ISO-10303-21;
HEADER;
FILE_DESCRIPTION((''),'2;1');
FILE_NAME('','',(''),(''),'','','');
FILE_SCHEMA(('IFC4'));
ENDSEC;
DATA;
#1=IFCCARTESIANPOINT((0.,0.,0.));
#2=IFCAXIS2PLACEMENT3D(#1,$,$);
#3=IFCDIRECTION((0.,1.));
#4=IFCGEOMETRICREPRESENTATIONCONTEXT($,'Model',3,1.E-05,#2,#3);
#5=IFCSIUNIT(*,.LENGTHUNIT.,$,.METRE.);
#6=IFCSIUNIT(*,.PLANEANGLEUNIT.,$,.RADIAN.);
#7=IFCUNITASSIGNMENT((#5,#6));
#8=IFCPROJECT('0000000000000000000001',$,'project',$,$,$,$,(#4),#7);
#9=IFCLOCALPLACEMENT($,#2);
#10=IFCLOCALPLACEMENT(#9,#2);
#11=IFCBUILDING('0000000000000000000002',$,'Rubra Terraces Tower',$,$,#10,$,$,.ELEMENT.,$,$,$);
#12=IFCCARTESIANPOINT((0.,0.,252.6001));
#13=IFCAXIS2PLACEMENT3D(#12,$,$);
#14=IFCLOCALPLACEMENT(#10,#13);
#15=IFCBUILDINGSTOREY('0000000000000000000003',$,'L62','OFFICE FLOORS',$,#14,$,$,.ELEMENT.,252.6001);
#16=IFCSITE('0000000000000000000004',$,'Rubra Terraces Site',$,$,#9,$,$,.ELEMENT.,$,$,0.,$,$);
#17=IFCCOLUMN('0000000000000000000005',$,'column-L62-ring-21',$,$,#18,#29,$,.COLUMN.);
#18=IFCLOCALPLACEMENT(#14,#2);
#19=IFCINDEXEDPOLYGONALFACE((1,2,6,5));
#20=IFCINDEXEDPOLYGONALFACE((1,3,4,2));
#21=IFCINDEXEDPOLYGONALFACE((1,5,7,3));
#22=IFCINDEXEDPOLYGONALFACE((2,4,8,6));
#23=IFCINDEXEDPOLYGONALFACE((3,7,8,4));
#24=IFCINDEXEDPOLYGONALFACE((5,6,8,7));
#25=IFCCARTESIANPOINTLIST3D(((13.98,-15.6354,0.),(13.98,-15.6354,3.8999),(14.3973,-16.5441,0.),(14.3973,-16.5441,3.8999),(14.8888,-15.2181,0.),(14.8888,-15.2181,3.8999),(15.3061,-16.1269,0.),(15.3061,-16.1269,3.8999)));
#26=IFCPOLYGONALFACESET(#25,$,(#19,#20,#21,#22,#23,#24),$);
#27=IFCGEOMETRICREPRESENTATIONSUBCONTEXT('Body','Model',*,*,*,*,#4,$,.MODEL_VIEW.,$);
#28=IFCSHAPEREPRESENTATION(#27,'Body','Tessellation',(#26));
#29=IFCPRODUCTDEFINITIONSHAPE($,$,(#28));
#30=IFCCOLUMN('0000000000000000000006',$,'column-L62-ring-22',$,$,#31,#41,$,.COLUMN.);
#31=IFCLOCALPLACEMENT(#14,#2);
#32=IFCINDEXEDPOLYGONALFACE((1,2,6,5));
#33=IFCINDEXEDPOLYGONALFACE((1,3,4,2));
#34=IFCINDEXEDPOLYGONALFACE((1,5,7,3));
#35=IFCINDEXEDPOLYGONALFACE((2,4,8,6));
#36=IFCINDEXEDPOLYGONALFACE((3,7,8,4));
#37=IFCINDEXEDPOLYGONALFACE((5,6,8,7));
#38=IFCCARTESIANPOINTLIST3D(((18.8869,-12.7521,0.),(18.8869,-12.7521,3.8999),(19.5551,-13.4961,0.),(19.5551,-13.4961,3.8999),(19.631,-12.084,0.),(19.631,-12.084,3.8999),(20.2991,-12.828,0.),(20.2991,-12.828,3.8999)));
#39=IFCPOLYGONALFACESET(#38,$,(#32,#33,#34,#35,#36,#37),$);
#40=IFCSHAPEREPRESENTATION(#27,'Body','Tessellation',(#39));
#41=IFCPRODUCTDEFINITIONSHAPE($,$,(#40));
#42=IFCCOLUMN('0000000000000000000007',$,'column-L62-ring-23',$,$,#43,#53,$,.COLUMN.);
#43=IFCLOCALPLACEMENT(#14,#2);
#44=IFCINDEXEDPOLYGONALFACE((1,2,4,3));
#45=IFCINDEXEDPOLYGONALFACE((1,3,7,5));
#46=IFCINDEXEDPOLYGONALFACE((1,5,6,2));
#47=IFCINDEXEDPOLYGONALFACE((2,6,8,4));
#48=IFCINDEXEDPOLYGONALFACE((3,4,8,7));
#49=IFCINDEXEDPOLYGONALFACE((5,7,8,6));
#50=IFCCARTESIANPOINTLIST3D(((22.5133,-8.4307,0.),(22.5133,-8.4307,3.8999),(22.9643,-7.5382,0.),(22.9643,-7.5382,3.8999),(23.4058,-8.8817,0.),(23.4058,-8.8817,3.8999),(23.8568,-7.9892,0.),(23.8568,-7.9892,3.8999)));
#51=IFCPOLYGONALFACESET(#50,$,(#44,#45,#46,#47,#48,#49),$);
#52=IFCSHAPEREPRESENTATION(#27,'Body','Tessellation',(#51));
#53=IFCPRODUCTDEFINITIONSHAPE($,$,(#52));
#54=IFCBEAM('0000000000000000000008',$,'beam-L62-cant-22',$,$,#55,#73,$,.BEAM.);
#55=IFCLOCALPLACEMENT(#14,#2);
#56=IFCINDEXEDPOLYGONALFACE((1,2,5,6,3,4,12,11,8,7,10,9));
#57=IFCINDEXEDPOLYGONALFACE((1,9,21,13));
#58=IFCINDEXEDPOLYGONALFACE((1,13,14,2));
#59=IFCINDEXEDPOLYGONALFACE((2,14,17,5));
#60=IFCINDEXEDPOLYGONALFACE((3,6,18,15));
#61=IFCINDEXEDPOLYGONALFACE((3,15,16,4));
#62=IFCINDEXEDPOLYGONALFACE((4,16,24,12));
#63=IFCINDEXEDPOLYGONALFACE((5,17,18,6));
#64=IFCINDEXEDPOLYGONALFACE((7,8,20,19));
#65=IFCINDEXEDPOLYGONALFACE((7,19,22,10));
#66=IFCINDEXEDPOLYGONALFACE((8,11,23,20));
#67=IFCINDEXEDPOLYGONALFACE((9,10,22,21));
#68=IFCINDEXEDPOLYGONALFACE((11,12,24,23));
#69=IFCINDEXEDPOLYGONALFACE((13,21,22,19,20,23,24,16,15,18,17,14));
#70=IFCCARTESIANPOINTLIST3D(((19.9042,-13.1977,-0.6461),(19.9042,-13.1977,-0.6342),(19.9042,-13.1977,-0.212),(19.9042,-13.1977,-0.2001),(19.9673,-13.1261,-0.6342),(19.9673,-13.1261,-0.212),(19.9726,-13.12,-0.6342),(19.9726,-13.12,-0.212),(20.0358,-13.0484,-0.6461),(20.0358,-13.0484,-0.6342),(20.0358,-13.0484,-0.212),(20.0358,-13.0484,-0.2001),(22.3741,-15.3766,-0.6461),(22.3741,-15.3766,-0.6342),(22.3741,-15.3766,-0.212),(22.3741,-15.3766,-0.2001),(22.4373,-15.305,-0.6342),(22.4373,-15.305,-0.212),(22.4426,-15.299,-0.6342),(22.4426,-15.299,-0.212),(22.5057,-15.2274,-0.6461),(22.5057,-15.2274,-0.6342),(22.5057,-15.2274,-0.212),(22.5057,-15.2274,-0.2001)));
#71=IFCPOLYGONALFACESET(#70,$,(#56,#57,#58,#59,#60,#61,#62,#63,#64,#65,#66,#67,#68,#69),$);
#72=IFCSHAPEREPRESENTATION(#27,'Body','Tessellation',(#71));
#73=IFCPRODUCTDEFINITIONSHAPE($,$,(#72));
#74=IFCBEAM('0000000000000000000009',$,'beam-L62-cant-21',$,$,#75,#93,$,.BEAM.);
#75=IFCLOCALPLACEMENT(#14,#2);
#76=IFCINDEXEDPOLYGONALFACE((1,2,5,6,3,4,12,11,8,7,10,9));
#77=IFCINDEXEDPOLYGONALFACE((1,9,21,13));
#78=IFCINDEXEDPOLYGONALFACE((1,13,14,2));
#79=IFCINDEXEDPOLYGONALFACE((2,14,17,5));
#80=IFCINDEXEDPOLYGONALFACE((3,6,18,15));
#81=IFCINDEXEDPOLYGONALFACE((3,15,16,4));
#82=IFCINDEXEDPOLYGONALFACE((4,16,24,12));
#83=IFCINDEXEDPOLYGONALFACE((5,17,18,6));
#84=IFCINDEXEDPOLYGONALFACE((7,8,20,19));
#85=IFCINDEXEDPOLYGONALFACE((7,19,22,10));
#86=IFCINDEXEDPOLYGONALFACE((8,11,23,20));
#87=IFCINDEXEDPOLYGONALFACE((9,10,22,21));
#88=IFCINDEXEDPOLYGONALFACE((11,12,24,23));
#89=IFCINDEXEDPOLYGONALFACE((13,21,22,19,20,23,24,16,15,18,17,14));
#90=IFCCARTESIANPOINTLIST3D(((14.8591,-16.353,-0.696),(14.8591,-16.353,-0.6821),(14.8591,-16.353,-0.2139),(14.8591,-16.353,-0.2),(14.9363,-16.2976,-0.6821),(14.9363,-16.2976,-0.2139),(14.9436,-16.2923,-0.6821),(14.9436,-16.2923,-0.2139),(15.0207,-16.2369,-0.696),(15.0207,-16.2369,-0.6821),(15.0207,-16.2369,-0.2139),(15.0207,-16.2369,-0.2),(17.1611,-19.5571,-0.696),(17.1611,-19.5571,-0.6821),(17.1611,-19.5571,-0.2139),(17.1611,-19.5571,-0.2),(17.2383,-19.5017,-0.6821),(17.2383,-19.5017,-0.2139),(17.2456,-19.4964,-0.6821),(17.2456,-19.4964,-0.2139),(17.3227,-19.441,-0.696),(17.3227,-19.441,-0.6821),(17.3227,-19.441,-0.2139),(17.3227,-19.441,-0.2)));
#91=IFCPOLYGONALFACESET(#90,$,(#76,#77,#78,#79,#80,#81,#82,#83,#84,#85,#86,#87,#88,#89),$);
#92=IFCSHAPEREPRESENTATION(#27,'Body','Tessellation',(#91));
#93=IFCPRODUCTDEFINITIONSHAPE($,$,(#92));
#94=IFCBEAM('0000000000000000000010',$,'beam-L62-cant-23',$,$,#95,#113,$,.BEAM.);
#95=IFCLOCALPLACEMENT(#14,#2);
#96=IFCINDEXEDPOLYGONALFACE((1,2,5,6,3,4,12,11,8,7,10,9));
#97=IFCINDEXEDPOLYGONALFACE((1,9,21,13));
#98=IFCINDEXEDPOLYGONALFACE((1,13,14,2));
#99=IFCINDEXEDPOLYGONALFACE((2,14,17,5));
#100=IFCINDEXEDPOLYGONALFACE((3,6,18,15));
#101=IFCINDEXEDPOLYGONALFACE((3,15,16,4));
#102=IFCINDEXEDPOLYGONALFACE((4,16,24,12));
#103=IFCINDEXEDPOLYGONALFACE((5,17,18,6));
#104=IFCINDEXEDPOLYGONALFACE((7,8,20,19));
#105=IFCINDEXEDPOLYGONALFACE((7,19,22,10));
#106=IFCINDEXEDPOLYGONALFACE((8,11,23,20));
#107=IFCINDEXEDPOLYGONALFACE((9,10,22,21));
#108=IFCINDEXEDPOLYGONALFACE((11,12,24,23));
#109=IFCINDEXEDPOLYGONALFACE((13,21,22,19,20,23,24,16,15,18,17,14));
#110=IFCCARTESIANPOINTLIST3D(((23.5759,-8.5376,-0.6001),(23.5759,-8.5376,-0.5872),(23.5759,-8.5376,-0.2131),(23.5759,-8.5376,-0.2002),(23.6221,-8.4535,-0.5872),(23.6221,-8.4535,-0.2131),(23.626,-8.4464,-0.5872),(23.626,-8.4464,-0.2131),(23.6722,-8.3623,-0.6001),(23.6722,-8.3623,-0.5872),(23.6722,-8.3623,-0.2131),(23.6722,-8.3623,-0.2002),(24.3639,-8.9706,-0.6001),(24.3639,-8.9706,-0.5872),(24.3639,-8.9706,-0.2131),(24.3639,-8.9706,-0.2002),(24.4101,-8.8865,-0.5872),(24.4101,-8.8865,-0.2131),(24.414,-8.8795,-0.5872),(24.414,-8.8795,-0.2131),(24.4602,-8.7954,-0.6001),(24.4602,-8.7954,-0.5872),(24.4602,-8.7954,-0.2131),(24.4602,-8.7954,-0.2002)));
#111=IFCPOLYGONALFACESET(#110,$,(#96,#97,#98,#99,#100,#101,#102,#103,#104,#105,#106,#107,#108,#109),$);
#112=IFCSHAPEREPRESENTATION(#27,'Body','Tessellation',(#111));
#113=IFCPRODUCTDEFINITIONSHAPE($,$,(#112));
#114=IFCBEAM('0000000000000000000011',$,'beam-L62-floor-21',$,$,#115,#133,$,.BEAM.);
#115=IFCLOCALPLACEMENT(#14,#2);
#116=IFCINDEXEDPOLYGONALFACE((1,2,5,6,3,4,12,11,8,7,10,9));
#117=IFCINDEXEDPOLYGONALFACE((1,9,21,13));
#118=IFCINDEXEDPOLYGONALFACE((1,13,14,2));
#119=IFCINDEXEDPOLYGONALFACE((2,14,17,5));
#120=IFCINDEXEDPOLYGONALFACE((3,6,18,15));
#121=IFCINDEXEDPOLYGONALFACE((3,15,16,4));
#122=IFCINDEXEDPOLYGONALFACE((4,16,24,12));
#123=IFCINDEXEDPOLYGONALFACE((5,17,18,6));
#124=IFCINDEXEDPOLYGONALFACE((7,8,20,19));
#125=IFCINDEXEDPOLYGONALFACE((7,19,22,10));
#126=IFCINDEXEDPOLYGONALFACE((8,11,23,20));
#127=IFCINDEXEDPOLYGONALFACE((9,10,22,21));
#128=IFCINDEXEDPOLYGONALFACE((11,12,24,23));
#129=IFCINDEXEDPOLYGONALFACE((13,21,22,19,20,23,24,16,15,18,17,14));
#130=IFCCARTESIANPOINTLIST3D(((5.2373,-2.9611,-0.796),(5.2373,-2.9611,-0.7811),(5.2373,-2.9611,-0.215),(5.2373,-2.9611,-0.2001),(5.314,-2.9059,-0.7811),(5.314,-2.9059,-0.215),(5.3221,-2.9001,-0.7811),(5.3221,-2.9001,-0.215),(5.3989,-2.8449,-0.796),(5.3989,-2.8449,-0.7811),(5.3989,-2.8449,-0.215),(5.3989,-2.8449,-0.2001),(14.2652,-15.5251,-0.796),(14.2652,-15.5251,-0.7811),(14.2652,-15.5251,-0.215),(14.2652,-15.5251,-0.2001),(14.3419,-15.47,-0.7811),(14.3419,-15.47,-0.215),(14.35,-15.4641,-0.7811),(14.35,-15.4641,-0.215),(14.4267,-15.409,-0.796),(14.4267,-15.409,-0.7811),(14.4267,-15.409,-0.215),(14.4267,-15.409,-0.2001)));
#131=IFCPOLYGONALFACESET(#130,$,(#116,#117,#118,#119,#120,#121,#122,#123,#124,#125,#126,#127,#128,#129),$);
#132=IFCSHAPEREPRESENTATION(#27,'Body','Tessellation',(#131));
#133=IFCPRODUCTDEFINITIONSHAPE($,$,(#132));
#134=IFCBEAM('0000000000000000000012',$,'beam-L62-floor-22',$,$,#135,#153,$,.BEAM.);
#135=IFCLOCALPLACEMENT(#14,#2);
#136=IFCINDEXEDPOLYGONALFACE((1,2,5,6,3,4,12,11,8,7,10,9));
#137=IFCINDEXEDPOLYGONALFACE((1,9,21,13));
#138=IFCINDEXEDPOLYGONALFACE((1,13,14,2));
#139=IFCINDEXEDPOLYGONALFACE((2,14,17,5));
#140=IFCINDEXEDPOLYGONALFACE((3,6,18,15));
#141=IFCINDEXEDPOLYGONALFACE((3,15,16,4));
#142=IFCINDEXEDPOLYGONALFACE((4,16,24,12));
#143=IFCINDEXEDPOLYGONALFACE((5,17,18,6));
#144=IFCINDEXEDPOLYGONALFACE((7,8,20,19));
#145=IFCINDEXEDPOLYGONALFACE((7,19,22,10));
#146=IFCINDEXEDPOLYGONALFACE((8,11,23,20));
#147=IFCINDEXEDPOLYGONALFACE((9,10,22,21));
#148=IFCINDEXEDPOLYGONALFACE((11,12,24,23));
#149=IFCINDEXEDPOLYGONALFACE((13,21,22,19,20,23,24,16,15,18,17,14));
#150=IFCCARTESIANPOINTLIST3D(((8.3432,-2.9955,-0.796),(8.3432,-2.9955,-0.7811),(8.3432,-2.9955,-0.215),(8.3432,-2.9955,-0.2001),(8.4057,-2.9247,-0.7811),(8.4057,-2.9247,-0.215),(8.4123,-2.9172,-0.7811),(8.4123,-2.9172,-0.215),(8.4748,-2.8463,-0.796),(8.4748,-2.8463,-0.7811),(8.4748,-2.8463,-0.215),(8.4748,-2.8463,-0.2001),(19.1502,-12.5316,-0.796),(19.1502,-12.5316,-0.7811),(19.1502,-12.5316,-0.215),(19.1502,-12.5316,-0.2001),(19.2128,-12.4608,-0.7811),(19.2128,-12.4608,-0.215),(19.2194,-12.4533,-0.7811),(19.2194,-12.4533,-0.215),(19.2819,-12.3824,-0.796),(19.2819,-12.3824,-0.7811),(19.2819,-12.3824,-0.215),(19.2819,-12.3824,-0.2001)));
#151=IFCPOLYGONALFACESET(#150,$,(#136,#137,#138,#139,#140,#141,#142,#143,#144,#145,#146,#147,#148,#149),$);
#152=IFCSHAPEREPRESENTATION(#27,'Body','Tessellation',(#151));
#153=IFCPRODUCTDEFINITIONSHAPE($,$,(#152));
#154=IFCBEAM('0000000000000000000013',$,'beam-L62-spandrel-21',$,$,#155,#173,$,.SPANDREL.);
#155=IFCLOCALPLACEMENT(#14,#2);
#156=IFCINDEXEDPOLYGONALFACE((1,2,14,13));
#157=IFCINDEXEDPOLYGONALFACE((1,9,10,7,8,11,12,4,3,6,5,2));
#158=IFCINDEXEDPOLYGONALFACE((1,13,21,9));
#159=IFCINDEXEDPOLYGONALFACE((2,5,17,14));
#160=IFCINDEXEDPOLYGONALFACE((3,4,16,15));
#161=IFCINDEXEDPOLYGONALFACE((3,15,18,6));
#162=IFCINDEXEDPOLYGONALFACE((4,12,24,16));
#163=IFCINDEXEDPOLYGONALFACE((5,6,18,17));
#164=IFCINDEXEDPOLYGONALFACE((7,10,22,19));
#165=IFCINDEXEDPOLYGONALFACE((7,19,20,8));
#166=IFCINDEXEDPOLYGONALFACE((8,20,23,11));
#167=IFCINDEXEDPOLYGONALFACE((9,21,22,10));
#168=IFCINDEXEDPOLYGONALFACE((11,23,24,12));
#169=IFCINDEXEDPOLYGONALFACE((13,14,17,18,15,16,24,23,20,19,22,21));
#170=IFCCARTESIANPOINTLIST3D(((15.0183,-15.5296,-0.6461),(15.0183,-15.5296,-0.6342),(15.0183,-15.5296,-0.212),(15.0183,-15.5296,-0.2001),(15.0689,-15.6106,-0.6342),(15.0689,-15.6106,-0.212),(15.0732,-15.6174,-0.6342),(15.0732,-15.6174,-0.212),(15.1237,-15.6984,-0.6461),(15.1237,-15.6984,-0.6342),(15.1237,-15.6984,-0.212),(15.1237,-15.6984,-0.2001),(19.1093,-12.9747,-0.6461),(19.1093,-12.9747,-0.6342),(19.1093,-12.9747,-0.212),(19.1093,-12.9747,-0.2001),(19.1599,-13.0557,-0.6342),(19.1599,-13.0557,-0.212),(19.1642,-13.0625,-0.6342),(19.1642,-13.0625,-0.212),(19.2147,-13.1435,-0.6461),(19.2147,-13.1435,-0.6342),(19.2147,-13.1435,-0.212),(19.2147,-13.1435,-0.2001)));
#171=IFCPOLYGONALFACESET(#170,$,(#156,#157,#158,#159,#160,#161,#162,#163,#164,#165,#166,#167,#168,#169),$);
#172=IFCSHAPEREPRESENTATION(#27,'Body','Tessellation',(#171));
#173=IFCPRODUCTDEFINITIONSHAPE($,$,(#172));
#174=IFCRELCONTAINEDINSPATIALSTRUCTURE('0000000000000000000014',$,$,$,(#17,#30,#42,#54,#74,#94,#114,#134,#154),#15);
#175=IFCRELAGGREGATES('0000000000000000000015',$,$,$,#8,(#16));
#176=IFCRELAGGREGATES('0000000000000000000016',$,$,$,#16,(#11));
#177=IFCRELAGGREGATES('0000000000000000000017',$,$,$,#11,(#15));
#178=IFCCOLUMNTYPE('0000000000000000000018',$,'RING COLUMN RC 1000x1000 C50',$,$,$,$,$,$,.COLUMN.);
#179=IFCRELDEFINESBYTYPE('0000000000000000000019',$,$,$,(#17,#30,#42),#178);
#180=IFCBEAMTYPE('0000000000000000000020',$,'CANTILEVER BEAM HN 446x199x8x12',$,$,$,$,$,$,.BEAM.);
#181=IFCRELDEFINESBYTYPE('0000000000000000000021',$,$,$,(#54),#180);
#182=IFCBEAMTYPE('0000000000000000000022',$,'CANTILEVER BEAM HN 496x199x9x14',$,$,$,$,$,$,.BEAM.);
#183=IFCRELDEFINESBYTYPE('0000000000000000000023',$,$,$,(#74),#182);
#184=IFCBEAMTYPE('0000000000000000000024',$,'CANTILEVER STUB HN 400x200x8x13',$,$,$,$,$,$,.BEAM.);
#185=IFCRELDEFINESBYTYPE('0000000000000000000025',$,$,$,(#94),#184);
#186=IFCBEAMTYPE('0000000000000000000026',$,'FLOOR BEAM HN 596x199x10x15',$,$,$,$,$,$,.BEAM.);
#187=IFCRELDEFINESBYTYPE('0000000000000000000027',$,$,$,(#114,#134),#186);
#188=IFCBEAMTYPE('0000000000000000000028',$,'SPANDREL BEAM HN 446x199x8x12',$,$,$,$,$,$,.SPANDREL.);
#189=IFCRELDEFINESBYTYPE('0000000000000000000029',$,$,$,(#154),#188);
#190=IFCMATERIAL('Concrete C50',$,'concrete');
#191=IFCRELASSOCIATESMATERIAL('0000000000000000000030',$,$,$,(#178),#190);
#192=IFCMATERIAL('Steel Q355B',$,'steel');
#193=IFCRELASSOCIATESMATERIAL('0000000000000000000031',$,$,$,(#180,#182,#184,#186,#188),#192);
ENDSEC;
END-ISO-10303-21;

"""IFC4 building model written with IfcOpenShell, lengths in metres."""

from ifc_helpers import new_model, si_unit, direction, frame, origin, origin_2d, place, context, subcontext, project, spatial, rectangle, i_section, extrude, material, material_profile, profile_set, type_object, element, save


model = new_model("IFC4")

# Units and contexts
model_context = context("Model", 3, precision=1e-05, world=origin(), true_north=direction((0.0, 1.0)))
body_context = subcontext(model_context, "Body", "Model", "MODEL_VIEW")
ifc_project = project(units=[si_unit("LENGTHUNIT", "METRE"), si_unit("PLANEANGLEUNIT", "RADIAN")], contexts=[model_context])

# Site, building, storey
site_placement = place(None, origin())
site = spatial("IfcSite", under=ifc_project, at=site_placement, Name="Rubra Terraces Site", CompositionType="ELEMENT", RefElevation=0.0)
building_placement = place(site_placement, origin())
building = spatial("IfcBuilding", under=site, at=building_placement, Name="Rubra Terraces Tower", CompositionType="ELEMENT")
storey_placement = place(building_placement, frame((0.0, 0.0, 252.6001)))
storey = spatial("IfcBuildingStorey", under=building, at=storey_placement, Name="L62", Description="OFFICE FLOORS", CompositionType="ELEMENT", Elevation=252.6001)

# Columns
ifc_material_1 = material(Name="Concrete C50", Category="concrete")
ifc_material_profile_1 = material_profile(ifc_material_1, rectangle(XDim=1.0, YDim=1.0, at=origin_2d()), Name="RC 1000x1000")
ifc_profile_set_1 = profile_set([ifc_material_profile_1], Name="Concrete C50")
column_type = type_object("IfcColumnType", Name="RING COLUMN RC 1000x1000 C50", PredefinedType="COLUMN", material=ifc_profile_set_1)
for number, where, z_axis, x_axis, name in (
    (1, (14.6431, -15.8811, 0.0), (0.0, 0.0, 1.0), (0.908779, 0.417279, 0.0), "column-L62-ring-21"),
    (2, (19.593, -12.79, 0.0), (0.0, 0.0, 1.0), (0.744021, 0.668156, 0.0), "column-L62-ring-22"),
    (3, (23.1851, -8.21, 0.0), (0.0, 0.0, 1.0), (0.451028, 0.89251, 0.0), "column-L62-ring-23"),
):
    element("IfcColumn", number, at=place(storey_placement, frame(where, z_axis=z_axis, x_axis=x_axis)), inside=storey, type_object=column_type, Name=name, PredefinedType="COLUMN", context=body_context, shape_type="SweptSolid", body=[
        extrude(rectangle(XDim=1.0, YDim=1.0, at=origin_2d()), origin(), (0.0, 0.0, 1.0), 3.8999),
    ])

# Beams
ifc_material_2 = material(Name="Steel Q355B", Category="steel")
ifc_material_profile_2 = material_profile(ifc_material_2, i_section(OverallWidth=0.199, OverallDepth=0.446, WebThickness=0.0081, FlangeThickness=0.012, at=origin_2d()), Name="HN 446x199x8x12")
ifc_profile_set_2 = profile_set([ifc_material_profile_2], Name="Steel Q355B")
beam_type_1 = type_object("IfcBeamType", Name="CANTILEVER BEAM HN 446x199x8x12", PredefinedType="BEAM", material=ifc_profile_set_2)
beam_1_placement = place(storey_placement, frame((19.97, -13.123, -0.4231), z_axis=(0.749903, -0.661548, 0.0), x_axis=(0.661548, 0.749903, 0.0)))
element("IfcBeam", 4, at=beam_1_placement, inside=storey, type_object=beam_type_1, Name="beam-L62-cant-22", PredefinedType="BEAM", context=body_context, shape_type="SweptSolid", body=[
    extrude(i_section(OverallWidth=0.199, OverallDepth=0.446, WebThickness=0.0081, FlangeThickness=0.012, at=origin_2d()), origin(), (0.0, 0.0, 1.0), 3.2937),
])
ifc_material_profile_3 = material_profile(ifc_material_2, i_section(OverallWidth=0.199, OverallDepth=0.4961, WebThickness=0.009, FlangeThickness=0.0139, at=origin_2d()), Name="HN 496x199x9x14")
ifc_profile_set_3 = profile_set([ifc_material_profile_3], Name="Steel Q355B")
beam_type_2 = type_object("IfcBeamType", Name="CANTILEVER BEAM HN 496x199x9x14", PredefinedType="BEAM", material=ifc_profile_set_3)
beam_2_placement = place(storey_placement, frame((14.9399, -16.2949, -0.448), z_axis=(0.583478, -0.812129, 0.0), x_axis=(0.812129, 0.583478, 0.0)))
element("IfcBeam", 5, at=beam_2_placement, inside=storey, type_object=beam_type_2, Name="beam-L62-cant-21", PredefinedType="BEAM", context=body_context, shape_type="SweptSolid", body=[
    extrude(i_section(OverallWidth=0.199, OverallDepth=0.4961, WebThickness=0.009, FlangeThickness=0.0139, at=origin_2d()), origin(), (0.0, 0.0, 1.0), 3.9453),
])
ifc_material_profile_4 = material_profile(ifc_material_2, i_section(OverallWidth=0.2, OverallDepth=0.3999, WebThickness=0.0081, FlangeThickness=0.0129, at=origin_2d()), Name="HN 400x200x8x13")
ifc_profile_set_4 = profile_set([ifc_material_profile_4], Name="Steel Q355B")
beam_type_3 = type_object("IfcBeamType", Name="CANTILEVER STUB HN 400x200x8x13", PredefinedType="BEAM", material=ifc_profile_set_4)
beam_3_placement = place(storey_placement, frame((23.624, -8.45, -0.4001), z_axis=(0.876376, -0.481627, 0.0), x_axis=(0.481627, 0.876376, 0.0)))
element("IfcBeam", 6, at=beam_3_placement, inside=storey, type_object=beam_type_3, Name="beam-L62-cant-23", PredefinedType="BEAM", context=body_context, shape_type="SweptSolid", body=[
    extrude(i_section(OverallWidth=0.2, OverallDepth=0.3999, WebThickness=0.0081, FlangeThickness=0.0129, at=origin_2d()), origin(), (0.0, 0.0, 1.0), 0.8992),
])
ifc_material_profile_5 = material_profile(ifc_material_2, i_section(OverallWidth=0.199, OverallDepth=0.5959, WebThickness=0.01, FlangeThickness=0.0149, at=origin_2d()), Name="HN 596x199x10x15")
ifc_profile_set_5 = profile_set([ifc_material_profile_5], Name="Steel Q355B")
beam_type_4 = type_object("IfcBeamType", Name="FLOOR BEAM HN 596x199x10x15", PredefinedType="BEAM", material=ifc_profile_set_5)
beam_4_placement = place(storey_placement, frame((14.3459, -15.467, -0.498), z_axis=(-0.583529, 0.812092, 0.0), x_axis=(-0.812092, -0.583529, 0.0)))
element("IfcBeam", 7, at=beam_4_placement, inside=storey, type_object=beam_type_4, Name="beam-L62-floor-21", PredefinedType="BEAM", context=body_context, shape_type="SweptSolid", body=[
    extrude(i_section(OverallWidth=0.199, OverallDepth=0.5959, WebThickness=0.01, FlangeThickness=0.0149, at=origin_2d()), origin(), (0.0, 0.0, 1.0), 15.4712),
])
beam_5_placement = place(storey_placement, frame((19.2161, -12.457, -0.498), z_axis=(-0.749823, 0.661638, 0.0), x_axis=(-0.661638, -0.749823, 0.0)))
element("IfcBeam", 8, at=beam_5_placement, inside=storey, type_object=beam_type_4, Name="beam-L62-floor-22", PredefinedType="BEAM", context=body_context, shape_type="SweptSolid", body=[
    extrude(i_section(OverallWidth=0.199, OverallDepth=0.5959, WebThickness=0.01, FlangeThickness=0.0149, at=origin_2d()), origin(), (0.0, 0.0, 1.0), 14.4128),
])
ifc_material_profile_6 = material_profile(ifc_material_2, i_section(OverallWidth=0.199, OverallDepth=0.446, WebThickness=0.0081, FlangeThickness=0.012, at=origin_2d()), Name="HN 446x199x8x12")
ifc_profile_set_6 = profile_set([ifc_material_profile_6], Name="Steel Q355B")
beam_type_5 = type_object("IfcBeamType", Name="SPANDREL BEAM HN 446x199x8x12", PredefinedType="SPANDREL", material=ifc_profile_set_6)
beam_6_placement = place(storey_placement, frame((15.071, -15.614, -0.4231), z_axis=(0.848183, 0.529703, 0.0), x_axis=(-0.529703, 0.848183, 0.0)))
element("IfcBeam", 9, at=beam_6_placement, inside=storey, type_object=beam_type_5, Name="beam-L62-spandrel-21", PredefinedType="SPANDREL", context=body_context, shape_type="SweptSolid", body=[
    extrude(i_section(OverallWidth=0.199, OverallDepth=0.446, WebThickness=0.0081, FlangeThickness=0.012, at=origin_2d()), origin(), (0.0, 0.0, 1.0), 4.8232),
])

save(model, "model.ifc")
